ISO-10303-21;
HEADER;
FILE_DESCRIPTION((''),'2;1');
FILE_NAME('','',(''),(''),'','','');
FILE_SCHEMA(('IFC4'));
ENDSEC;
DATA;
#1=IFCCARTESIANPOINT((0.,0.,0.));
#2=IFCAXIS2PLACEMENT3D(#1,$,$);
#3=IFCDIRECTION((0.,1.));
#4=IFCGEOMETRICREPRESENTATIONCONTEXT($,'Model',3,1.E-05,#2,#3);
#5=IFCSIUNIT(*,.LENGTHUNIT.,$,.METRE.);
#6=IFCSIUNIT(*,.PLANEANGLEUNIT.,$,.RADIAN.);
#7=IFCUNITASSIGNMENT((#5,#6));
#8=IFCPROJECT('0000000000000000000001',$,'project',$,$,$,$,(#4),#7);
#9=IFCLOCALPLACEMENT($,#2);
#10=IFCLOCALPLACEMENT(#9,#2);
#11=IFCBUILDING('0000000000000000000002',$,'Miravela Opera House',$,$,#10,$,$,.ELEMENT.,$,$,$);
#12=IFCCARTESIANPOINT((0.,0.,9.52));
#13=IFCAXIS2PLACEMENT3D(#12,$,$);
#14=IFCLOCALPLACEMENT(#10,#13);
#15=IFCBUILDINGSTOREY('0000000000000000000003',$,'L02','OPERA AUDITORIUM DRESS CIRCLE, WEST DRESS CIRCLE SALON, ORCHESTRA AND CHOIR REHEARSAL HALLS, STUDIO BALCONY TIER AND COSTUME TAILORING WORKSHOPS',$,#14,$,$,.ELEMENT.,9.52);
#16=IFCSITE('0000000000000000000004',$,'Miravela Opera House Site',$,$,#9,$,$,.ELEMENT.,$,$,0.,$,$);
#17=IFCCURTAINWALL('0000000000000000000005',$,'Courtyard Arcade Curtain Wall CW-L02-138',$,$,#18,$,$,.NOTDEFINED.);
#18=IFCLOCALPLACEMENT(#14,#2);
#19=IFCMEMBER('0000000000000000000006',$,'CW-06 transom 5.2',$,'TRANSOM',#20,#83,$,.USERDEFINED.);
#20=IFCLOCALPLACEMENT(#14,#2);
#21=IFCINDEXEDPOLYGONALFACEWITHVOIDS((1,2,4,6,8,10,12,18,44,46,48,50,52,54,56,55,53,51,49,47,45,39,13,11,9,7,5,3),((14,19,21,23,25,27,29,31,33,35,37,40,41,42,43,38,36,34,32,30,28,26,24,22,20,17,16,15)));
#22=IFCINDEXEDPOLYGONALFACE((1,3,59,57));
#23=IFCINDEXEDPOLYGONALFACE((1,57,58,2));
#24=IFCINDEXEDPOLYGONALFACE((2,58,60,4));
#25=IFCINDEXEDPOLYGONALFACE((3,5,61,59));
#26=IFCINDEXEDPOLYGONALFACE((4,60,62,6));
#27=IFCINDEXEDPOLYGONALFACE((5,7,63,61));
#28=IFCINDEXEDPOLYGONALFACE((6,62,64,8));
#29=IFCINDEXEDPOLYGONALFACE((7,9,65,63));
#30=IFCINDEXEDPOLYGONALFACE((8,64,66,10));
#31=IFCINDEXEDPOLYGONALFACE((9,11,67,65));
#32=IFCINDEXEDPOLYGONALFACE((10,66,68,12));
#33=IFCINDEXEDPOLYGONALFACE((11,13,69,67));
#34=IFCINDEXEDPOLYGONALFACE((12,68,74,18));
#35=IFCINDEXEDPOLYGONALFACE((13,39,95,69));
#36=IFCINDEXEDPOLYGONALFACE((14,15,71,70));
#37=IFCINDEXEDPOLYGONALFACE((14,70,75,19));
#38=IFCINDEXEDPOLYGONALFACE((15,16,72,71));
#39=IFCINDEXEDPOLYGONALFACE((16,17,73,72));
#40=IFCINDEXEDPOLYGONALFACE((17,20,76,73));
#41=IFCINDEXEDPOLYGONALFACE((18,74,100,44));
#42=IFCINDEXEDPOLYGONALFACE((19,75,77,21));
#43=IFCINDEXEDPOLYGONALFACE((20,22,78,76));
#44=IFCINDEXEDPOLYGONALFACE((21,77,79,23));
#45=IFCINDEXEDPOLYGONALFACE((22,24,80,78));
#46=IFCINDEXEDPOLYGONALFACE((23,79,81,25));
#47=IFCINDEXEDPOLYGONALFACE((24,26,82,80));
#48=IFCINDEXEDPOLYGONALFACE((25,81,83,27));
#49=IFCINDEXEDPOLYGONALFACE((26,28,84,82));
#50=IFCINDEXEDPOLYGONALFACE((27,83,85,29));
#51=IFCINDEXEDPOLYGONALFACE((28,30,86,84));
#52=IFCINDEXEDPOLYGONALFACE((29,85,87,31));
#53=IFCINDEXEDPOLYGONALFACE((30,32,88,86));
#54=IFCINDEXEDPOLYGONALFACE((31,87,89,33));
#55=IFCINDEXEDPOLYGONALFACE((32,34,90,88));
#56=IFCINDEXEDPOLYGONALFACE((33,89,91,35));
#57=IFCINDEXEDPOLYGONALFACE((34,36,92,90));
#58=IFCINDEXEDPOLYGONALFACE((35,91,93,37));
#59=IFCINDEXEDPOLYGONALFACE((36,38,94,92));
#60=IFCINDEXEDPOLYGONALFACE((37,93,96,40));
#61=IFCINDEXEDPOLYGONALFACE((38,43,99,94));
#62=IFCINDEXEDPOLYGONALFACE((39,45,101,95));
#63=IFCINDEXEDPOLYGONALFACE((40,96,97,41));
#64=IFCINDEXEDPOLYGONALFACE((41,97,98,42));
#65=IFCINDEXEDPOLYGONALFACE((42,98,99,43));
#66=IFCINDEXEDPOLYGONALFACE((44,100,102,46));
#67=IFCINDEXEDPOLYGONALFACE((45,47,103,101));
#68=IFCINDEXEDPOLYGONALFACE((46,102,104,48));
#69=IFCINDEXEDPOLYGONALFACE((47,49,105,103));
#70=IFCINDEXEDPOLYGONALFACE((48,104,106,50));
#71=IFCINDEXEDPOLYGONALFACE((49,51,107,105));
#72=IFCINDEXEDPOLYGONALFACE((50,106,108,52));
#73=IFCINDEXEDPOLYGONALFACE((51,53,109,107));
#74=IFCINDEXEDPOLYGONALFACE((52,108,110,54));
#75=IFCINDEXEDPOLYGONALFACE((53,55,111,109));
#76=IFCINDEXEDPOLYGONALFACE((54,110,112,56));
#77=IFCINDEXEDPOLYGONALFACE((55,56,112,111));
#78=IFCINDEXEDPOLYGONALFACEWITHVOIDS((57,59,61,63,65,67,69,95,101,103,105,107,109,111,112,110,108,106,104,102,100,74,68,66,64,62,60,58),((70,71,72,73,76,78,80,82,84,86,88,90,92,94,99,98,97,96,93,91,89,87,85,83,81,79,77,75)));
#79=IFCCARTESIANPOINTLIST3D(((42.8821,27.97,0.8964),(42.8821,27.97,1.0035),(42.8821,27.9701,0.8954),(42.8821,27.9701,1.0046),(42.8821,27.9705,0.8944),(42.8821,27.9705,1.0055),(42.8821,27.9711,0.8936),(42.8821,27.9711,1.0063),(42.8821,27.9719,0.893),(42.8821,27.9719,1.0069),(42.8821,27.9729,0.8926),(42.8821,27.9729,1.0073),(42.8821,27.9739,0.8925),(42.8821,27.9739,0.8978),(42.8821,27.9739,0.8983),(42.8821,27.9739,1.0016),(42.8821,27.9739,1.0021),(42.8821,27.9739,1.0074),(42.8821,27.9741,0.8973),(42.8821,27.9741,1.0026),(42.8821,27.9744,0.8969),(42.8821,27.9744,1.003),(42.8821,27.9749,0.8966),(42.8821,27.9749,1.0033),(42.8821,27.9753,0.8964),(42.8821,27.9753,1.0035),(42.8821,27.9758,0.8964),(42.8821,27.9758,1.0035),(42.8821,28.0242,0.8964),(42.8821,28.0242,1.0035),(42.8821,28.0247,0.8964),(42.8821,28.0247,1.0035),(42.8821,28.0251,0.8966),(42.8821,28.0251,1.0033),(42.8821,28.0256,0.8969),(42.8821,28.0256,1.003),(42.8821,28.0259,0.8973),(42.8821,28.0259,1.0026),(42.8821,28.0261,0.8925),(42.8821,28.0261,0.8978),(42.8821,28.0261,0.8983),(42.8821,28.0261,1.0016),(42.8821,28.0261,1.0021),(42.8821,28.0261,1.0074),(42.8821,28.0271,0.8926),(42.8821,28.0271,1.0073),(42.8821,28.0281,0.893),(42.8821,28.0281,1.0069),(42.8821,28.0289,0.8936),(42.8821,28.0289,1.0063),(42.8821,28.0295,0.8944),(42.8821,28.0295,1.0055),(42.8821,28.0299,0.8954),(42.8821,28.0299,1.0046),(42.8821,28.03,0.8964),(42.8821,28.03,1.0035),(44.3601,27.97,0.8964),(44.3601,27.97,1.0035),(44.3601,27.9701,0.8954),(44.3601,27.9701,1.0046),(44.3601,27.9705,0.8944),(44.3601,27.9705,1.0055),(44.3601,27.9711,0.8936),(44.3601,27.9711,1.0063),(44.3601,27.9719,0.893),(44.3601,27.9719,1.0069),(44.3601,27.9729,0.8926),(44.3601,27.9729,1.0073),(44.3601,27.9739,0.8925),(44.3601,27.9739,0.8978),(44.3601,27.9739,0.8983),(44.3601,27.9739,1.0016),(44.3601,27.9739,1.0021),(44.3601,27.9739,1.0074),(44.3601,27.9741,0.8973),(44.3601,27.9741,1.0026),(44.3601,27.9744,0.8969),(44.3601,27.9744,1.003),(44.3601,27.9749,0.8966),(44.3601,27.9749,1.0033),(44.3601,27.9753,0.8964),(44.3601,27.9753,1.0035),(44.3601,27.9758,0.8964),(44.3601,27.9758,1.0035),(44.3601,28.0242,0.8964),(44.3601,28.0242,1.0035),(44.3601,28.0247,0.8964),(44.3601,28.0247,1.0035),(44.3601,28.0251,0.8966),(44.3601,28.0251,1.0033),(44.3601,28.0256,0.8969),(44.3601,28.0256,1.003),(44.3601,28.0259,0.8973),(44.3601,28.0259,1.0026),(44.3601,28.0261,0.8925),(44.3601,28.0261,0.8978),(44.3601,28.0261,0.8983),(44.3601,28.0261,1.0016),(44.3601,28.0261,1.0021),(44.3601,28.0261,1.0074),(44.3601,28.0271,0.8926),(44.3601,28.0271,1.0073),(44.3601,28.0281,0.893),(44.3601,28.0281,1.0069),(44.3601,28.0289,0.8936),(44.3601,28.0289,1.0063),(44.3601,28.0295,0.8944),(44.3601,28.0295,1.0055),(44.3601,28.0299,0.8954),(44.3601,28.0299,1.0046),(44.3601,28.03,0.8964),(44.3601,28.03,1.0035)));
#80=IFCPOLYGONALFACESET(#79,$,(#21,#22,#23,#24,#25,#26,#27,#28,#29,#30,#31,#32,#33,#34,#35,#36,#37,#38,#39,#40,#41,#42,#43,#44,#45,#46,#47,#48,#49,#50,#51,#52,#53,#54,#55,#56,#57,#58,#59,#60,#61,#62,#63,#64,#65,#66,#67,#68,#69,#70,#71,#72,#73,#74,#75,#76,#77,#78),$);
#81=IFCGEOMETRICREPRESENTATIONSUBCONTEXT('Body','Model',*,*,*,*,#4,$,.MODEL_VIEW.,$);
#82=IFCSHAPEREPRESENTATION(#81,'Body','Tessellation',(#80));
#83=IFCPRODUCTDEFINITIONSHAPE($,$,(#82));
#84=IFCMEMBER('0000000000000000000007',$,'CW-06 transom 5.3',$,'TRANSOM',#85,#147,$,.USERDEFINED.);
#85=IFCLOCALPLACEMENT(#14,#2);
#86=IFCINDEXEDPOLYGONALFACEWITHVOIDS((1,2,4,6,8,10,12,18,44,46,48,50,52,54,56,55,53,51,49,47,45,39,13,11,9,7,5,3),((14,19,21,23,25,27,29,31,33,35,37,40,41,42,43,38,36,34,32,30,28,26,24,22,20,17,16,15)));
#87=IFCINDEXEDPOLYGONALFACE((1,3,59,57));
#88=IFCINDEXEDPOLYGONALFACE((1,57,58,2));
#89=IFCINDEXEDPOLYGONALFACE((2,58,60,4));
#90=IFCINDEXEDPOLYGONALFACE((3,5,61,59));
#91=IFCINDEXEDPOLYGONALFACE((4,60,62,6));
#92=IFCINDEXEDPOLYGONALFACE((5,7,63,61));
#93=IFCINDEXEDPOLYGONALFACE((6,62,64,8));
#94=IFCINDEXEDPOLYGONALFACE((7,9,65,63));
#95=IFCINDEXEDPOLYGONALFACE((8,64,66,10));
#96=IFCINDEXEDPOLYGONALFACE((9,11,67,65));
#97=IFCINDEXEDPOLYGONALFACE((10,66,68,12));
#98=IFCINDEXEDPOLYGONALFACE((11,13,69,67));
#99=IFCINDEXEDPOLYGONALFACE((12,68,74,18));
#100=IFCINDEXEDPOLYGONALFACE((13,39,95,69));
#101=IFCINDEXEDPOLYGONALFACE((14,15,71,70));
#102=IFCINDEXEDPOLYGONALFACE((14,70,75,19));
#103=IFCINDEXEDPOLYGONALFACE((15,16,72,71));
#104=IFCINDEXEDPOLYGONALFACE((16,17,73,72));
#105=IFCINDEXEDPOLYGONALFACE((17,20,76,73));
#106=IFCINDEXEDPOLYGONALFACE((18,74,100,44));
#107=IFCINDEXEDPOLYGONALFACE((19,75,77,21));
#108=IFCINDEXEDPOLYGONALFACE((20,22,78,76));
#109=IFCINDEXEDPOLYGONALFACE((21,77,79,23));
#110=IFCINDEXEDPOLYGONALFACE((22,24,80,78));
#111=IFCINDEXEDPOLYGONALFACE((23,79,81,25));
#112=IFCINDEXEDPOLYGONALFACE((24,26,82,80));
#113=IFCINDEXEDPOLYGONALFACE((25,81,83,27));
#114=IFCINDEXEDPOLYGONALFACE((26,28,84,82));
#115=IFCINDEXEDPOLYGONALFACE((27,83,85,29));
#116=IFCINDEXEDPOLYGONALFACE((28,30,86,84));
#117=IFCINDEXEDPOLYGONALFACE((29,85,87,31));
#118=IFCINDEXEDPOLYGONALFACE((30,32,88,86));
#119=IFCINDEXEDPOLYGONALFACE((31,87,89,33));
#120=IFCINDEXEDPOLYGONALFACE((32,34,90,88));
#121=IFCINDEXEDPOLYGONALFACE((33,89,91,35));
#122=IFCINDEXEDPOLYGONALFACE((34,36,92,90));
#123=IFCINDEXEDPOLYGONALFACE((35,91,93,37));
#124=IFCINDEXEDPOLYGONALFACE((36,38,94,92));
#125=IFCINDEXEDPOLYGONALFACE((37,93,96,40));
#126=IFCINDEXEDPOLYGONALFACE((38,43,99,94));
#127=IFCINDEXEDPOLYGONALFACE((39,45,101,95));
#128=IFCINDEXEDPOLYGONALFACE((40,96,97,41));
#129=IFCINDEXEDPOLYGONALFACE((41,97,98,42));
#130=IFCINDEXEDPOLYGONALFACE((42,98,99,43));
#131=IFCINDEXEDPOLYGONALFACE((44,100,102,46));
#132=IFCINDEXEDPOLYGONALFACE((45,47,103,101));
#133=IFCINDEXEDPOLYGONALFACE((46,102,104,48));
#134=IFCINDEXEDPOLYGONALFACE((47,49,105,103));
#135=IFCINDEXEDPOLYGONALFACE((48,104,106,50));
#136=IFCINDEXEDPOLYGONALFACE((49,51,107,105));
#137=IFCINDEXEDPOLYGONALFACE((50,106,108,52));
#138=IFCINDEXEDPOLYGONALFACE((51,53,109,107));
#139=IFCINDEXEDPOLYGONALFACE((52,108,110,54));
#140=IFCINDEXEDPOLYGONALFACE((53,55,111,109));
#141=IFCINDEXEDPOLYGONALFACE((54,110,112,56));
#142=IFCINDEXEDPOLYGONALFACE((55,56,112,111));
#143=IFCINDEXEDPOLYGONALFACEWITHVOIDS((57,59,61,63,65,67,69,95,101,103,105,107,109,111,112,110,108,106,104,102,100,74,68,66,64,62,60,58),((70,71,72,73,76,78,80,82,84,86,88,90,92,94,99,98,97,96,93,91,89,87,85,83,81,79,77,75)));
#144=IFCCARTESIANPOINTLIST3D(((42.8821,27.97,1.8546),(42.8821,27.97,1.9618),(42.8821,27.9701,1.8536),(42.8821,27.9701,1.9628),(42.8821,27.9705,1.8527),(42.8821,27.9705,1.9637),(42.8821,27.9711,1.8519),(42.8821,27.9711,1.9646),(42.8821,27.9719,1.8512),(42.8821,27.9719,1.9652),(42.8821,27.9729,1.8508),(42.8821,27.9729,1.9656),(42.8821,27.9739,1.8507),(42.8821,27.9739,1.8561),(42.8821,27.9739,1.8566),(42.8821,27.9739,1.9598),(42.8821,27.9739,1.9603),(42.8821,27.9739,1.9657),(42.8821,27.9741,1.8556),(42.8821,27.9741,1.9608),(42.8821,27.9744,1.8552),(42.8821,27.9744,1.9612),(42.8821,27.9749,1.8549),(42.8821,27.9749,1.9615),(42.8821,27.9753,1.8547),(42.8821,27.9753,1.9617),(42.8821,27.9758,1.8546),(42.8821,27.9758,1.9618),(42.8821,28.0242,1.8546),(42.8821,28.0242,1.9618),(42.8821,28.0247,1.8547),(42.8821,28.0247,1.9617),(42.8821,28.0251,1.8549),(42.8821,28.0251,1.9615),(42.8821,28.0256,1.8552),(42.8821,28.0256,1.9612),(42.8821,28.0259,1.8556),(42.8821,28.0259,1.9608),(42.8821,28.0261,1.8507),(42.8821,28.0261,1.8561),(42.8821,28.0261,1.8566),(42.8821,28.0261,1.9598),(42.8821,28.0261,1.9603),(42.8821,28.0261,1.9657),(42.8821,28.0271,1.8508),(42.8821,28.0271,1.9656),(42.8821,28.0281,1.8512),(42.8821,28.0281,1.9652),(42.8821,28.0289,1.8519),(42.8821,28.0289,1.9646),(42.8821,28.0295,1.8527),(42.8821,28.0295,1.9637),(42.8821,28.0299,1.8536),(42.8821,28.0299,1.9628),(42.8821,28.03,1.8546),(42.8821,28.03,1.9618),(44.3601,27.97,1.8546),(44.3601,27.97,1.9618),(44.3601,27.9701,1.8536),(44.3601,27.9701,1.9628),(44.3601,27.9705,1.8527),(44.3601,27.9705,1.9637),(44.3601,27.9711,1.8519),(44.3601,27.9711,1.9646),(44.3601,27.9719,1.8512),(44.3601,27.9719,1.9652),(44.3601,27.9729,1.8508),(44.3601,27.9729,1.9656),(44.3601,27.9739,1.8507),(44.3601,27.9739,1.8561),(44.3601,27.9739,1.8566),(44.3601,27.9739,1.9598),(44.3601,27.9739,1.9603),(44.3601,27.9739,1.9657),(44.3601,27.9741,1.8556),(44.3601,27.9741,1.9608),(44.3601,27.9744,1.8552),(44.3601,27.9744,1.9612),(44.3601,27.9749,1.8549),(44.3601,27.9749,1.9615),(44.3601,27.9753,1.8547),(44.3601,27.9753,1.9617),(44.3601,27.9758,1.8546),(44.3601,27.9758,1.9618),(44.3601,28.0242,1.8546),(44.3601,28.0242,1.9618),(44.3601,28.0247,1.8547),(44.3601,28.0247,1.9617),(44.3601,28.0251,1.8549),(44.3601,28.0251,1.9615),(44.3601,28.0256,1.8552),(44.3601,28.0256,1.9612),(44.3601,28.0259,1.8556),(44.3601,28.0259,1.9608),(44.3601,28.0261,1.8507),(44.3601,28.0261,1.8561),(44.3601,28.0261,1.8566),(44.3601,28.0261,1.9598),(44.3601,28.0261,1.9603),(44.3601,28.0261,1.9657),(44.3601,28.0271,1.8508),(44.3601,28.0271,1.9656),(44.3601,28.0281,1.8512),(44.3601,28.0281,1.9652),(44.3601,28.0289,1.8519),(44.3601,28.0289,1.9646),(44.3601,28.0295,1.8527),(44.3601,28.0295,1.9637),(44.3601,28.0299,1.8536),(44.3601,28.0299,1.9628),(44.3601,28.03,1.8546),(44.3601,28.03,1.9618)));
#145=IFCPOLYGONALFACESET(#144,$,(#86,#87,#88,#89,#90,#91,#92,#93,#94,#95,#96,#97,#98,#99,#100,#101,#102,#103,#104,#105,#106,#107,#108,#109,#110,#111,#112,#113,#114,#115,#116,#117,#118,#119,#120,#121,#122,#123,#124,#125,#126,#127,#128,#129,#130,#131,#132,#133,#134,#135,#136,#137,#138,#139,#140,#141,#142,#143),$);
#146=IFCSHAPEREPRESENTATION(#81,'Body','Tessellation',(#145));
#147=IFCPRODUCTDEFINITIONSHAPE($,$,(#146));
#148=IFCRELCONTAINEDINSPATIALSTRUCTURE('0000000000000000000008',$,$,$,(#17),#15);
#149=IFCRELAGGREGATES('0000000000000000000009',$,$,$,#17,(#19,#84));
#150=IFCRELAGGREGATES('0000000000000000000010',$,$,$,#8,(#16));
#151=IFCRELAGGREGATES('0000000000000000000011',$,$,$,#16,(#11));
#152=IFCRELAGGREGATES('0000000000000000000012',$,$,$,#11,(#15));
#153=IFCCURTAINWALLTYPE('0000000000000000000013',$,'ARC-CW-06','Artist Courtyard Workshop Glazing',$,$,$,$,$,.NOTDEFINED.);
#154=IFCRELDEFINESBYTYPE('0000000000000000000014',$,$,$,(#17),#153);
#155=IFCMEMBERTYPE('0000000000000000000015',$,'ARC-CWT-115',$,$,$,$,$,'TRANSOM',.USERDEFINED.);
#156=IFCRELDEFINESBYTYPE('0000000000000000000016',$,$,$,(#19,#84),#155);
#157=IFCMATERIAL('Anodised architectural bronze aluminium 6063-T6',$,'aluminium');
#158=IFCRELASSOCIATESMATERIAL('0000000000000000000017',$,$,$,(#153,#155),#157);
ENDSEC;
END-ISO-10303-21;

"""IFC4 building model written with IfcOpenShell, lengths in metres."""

from ifc_helpers import new_model, si_unit, direction, frame, origin, origin_2d, place, context, subcontext, project, spatial, hollow_rectangle, extrude, material, material_profile, profile_set, type_object, element, aggregate, save


model = new_model("IFC4")

# Units and contexts
model_context = context("Model", 3, precision=1e-05, world=origin(), true_north=direction((0.0, 1.0)))
body_context = subcontext(model_context, "Body", "Model", "MODEL_VIEW")
ifc_project = project(units=[si_unit("LENGTHUNIT", "METRE"), si_unit("PLANEANGLEUNIT", "RADIAN")], contexts=[model_context])

# Site, building, storey
site_placement = place(None, origin())
site = spatial("IfcSite", under=ifc_project, at=site_placement, Name="Miravela Opera House Site", CompositionType="ELEMENT", RefElevation=0.0)
building_placement = place(site_placement, origin())
building = spatial("IfcBuilding", under=site, at=building_placement, Name="Miravela Opera House", CompositionType="ELEMENT")
storey_placement = place(building_placement, frame((0.0, 0.0, 9.52)))
storey = spatial("IfcBuildingStorey", under=building, at=storey_placement, Name="L02", Description="OPERA AUDITORIUM DRESS CIRCLE, WEST DRESS CIRCLE SALON, ORCHESTRA AND CHOIR REHEARSAL HALLS, STUDIO BALCONY TIER AND COSTUME TAILORING WORKSHOPS", CompositionType="ELEMENT", Elevation=9.52)

# Curtain wall, members
ifc_material_1 = material(Name="Anodised architectural bronze aluminium 6063-T6", Category="aluminium")
curtain_wall_type = type_object("IfcCurtainWallType", Name="ARC-CW-06", Description="Artist Courtyard Workshop Glazing", PredefinedType="NOTDEFINED", material=ifc_material_1)
curtain_wall_placement = place(storey_placement, origin())
curtain_wall = element("IfcCurtainWall", 1, at=curtain_wall_placement, inside=storey, type_object=curtain_wall_type, Name="Courtyard Arcade Curtain Wall CW-L02-138", PredefinedType="NOTDEFINED")
ifc_material_profile_1 = material_profile(ifc_material_1, hollow_rectangle(XDim=0.0601, YDim=0.115, WallThickness=0.0039, InnerFilletRadius=0.002, OuterFilletRadius=0.0039, at=origin_2d()), Name="CWT-60X115")
ifc_profile_set_1 = profile_set([ifc_material_profile_1])
member_type_1 = type_object("IfcMemberType", Name="ARC-CWT-115", ElementType="TRANSOM", PredefinedType="USERDEFINED", material=ifc_profile_set_1)
member_1_placement = place(storey_placement, frame((42.8821, 28.0, 0.95), z_axis=(1.0, 0.0, 0.0), x_axis=(0.0, 1.0, 0.0)))
member_1 = element("IfcMember", 2, at=member_1_placement, type_object=member_type_1, Name="CW-06 transom 5.2", ObjectType="TRANSOM", PredefinedType="USERDEFINED", context=body_context, shape_type="SweptSolid", body=[
    extrude(hollow_rectangle(XDim=0.0601, YDim=0.115, WallThickness=0.0039, InnerFilletRadius=0.002, OuterFilletRadius=0.0039, at=origin_2d()), origin(), (0.0, 0.0, 1.0), 1.478),
])
member_2_placement = place(storey_placement, frame((42.8821, 28.0, 1.9082), z_axis=(1.0, 0.0, 0.0), x_axis=(0.0, 1.0, 0.0)))
member_2 = element("IfcMember", 3, at=member_2_placement, type_object=member_type_1, Name="CW-06 transom 5.3", ObjectType="TRANSOM", PredefinedType="USERDEFINED", context=body_context, shape_type="SweptSolid", body=[
    extrude(hollow_rectangle(XDim=0.0601, YDim=0.115, WallThickness=0.0039, InnerFilletRadius=0.002, OuterFilletRadius=0.0039, at=origin_2d()), origin(), (0.0, 0.0, 1.0), 1.478),
])

aggregate(curtain_wall, [member_1, member_2])

save(model, "model.ifc")
